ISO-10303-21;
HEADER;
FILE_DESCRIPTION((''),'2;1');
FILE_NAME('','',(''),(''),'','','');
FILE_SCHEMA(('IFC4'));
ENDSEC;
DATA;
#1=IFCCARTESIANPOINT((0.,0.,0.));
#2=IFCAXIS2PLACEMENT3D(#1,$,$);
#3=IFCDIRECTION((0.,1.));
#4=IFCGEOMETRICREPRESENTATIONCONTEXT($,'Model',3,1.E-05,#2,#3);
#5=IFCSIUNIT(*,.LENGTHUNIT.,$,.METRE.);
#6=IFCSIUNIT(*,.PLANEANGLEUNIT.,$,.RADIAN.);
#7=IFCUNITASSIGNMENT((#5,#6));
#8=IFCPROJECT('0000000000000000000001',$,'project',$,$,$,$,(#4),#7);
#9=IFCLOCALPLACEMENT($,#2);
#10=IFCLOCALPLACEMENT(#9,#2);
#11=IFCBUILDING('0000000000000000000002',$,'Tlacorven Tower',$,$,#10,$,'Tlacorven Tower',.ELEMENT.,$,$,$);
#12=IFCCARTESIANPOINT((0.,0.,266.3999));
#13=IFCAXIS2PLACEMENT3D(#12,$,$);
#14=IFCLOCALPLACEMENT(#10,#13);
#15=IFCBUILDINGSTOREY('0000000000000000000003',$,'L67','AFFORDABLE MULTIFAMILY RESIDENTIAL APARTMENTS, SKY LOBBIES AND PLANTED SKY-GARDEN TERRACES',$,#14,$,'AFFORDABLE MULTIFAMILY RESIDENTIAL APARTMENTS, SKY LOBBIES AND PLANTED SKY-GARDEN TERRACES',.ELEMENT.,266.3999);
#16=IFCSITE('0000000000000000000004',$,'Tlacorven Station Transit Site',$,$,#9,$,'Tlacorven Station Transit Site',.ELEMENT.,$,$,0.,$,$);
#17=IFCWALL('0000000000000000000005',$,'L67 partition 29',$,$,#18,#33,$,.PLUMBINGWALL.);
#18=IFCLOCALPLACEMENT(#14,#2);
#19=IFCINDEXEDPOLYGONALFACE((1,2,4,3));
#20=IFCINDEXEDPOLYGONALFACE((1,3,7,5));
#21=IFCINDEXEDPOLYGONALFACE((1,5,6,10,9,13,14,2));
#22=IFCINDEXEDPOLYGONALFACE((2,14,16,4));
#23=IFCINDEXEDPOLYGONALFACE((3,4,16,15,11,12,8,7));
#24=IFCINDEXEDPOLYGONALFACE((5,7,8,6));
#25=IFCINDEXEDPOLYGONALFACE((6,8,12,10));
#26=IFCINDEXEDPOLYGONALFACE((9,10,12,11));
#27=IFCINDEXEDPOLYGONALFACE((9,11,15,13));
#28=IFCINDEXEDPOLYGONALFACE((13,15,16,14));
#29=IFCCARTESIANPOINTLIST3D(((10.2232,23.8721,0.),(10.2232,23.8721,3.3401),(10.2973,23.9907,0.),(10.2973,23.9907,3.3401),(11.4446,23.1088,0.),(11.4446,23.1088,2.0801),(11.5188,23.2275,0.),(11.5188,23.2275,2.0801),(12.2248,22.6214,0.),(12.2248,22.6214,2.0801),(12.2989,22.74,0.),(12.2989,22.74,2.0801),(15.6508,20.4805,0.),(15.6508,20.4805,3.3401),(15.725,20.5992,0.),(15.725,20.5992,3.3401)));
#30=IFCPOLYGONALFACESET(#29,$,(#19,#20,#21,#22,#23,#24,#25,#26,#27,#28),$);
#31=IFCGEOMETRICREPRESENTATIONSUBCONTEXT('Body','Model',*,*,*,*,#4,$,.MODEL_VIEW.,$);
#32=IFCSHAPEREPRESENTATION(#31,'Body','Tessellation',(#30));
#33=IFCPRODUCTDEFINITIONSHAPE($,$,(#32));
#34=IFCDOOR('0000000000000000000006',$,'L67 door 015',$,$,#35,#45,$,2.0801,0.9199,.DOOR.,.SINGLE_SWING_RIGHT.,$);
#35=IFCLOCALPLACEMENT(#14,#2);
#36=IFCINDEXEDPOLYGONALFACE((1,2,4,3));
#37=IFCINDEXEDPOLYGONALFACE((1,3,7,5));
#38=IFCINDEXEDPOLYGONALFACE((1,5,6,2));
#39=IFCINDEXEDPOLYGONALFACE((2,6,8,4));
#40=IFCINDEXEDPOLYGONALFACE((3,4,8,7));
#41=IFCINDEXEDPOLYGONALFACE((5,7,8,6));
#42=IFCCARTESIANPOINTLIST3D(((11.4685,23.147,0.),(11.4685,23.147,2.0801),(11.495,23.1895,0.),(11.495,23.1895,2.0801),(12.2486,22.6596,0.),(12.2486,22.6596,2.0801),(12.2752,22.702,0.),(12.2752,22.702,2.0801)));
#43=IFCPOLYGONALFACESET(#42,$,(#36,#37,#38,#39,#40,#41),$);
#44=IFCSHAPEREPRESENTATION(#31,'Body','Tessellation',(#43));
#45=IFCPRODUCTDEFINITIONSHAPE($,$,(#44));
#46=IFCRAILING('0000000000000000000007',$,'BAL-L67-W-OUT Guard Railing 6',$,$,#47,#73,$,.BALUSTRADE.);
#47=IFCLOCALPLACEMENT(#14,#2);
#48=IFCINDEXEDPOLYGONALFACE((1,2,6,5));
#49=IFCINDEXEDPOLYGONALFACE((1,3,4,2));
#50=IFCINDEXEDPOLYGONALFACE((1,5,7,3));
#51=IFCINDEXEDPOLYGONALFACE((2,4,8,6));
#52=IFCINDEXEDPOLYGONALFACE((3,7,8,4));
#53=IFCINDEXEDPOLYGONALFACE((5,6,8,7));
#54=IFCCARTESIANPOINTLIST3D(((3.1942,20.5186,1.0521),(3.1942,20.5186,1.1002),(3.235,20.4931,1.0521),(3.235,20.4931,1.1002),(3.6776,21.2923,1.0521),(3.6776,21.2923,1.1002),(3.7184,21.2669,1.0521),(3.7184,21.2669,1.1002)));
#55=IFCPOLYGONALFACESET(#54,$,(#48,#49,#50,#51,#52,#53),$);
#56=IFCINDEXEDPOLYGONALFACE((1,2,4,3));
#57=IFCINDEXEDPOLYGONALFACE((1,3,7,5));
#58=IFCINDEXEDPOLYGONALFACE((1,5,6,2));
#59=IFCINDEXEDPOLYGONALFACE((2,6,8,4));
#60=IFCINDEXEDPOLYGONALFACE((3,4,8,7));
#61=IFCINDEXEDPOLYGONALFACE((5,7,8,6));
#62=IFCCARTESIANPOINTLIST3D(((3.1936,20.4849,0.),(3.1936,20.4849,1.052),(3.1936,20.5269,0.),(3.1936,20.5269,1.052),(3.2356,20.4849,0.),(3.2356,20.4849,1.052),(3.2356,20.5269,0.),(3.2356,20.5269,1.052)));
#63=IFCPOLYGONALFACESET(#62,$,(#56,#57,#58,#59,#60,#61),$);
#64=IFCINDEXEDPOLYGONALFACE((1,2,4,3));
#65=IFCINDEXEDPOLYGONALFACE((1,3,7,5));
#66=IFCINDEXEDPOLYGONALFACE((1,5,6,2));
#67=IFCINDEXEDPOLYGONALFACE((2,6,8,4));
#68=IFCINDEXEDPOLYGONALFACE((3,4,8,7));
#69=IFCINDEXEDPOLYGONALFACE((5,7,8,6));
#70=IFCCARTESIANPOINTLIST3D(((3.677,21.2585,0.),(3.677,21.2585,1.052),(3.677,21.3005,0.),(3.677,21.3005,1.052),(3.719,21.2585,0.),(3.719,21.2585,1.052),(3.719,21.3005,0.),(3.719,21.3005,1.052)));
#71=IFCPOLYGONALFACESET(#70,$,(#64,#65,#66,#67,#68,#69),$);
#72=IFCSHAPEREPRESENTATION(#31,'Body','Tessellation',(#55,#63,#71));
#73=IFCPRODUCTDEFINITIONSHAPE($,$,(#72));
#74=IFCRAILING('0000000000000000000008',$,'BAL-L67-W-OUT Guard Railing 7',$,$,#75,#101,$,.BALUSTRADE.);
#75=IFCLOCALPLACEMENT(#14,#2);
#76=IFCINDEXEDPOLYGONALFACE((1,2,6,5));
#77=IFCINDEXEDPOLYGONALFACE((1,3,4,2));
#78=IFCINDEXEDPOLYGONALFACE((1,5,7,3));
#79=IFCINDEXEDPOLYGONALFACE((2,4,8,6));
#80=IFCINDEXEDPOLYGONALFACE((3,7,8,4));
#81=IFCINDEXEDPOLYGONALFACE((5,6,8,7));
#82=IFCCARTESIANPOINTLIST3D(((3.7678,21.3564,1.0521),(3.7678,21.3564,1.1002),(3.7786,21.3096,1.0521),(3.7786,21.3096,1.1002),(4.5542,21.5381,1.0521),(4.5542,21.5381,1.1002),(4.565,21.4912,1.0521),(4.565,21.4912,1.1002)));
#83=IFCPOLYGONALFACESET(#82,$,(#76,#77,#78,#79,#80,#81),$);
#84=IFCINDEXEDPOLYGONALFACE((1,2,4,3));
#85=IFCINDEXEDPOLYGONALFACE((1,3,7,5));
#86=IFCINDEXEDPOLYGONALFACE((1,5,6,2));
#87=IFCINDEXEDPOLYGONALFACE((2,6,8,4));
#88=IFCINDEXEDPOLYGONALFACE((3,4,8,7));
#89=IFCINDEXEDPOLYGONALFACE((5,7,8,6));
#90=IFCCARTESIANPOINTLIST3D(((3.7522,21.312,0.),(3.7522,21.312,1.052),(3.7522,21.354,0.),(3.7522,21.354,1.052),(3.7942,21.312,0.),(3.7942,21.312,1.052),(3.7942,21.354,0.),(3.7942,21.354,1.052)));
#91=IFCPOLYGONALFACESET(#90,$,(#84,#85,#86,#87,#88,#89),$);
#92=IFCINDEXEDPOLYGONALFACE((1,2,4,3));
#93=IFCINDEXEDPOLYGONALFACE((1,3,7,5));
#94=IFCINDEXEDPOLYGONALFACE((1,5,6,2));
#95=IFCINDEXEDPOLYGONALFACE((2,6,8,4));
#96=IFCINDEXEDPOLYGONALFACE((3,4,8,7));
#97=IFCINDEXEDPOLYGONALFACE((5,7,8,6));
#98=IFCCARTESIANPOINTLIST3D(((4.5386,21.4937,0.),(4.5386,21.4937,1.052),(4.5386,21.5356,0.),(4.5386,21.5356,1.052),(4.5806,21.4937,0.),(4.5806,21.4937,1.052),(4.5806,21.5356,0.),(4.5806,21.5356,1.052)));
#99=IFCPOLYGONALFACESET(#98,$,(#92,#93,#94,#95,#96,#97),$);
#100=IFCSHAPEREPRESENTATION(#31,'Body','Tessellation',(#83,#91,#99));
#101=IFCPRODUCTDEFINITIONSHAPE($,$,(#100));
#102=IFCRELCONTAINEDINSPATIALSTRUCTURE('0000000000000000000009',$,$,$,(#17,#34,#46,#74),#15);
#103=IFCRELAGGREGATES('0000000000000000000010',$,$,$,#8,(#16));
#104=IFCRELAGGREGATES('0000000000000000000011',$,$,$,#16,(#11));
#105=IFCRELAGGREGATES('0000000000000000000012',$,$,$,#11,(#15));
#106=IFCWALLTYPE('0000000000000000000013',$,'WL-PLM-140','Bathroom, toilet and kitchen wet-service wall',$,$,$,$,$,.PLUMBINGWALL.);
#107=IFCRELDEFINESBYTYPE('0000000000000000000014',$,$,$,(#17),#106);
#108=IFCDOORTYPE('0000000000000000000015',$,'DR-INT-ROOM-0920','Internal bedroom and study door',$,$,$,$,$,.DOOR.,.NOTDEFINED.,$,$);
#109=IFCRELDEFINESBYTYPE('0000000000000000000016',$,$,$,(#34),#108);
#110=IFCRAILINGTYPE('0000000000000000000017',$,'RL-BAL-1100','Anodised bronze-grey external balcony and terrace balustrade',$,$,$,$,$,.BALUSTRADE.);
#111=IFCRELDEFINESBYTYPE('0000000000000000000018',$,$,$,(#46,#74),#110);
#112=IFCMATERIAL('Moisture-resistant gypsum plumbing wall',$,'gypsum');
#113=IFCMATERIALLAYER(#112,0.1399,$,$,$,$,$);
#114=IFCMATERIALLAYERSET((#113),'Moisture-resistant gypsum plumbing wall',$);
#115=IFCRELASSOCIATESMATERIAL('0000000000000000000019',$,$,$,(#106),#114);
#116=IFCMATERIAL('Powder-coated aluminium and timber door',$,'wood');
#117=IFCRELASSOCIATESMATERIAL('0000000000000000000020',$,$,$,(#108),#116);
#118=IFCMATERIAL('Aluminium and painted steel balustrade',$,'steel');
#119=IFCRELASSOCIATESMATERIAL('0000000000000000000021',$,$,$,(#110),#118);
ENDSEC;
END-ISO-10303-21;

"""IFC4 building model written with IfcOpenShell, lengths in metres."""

from ifc_helpers import new_model, si_unit, direction, frame, frame_2d, origin, origin_2d, place, context, subcontext, project, spatial, rectangle, extrude, source, transform, mapped, material, layer, layer_set, type_object, element, fill, save


model = new_model("IFC4")

# Units and contexts
model_context = context("Model", 3, precision=1e-05, world=origin(), true_north=direction((0.0, 1.0)))
body_context = subcontext(model_context, "Body", "Model", "MODEL_VIEW")
ifc_project = project(units=[si_unit("LENGTHUNIT", "METRE"), si_unit("PLANEANGLEUNIT", "RADIAN")], contexts=[model_context])

# Site, building, storey
site_placement = place(None, origin())
site = spatial("IfcSite", under=ifc_project, at=site_placement, Name="Tlacorven Station Transit Site", LongName="Tlacorven Station Transit Site", CompositionType="ELEMENT", RefElevation=0.0)
building_placement = place(site_placement, origin())
building = spatial("IfcBuilding", under=site, at=building_placement, Name="Tlacorven Tower", LongName="Tlacorven Tower", CompositionType="ELEMENT")
storey_placement = place(building_placement, frame((0.0, 0.0, 266.3999)))
storey = spatial("IfcBuildingStorey", under=building, at=storey_placement, Name="L67", Description="AFFORDABLE MULTIFAMILY RESIDENTIAL APARTMENTS, SKY LOBBIES AND PLANTED SKY-GARDEN TERRACES", LongName="AFFORDABLE MULTIFAMILY RESIDENTIAL APARTMENTS, SKY LOBBIES AND PLANTED SKY-GARDEN TERRACES", CompositionType="ELEMENT", Elevation=266.3999)

# Wall, opening, door
ifc_material_1 = material(Name="Moisture-resistant gypsum plumbing wall", Category="gypsum")
ifc_layer_1 = layer(ifc_material_1, 0.1399)
ifc_layer_set_1 = layer_set([ifc_layer_1], Name="Moisture-resistant gypsum plumbing wall")
wall_type_1 = type_object("IfcWallType", Name="WL-PLM-140", Description="Bathroom, toilet and kitchen wet-service wall", PredefinedType="PLUMBINGWALL", material=ifc_layer_set_1)
wall_1_placement = place(storey_placement, frame((15.688, 20.5398, 0.0), z_axis=(0.0, 0.0, 1.0), x_axis=(-0.84805, 0.529917, 0.0)))
wall_1 = element("IfcWall", 1, at=wall_1_placement, inside=storey, type_object=wall_type_1, Name="L67 partition 29", PredefinedType="PLUMBINGWALL", context=body_context, shape_type="SweptSolid", body=[
    extrude(rectangle(XDim=6.4001, YDim=0.1399, at=frame_2d((3.2002, 0.0))), origin(), (0.0, 0.0, 1.0), 3.3401),
])
opening_1_placement = place(wall_1_placement, frame((4.04, 0.0, 0.0)))
opening_1 = element("IfcOpeningElement", 2, at=opening_1_placement, cuts=wall_1, PredefinedType="OPENING", context=body_context, shape_type="SweptSolid", body=[
    extrude(rectangle(XDim=0.9199, YDim=2.0801, at=frame_2d((0.46, 1.04))), frame((0.0, 0.0801, 0.0), z_axis=(0.0, -1.0, 0.0), x_axis=(1.0, 0.0, 0.0)), (0.0, 0.0, 1.0), 0.1599),
])
ifc_material_2 = material(Name="Powder-coated aluminium and timber door", Category="wood")
door_type = type_object("IfcDoorType", Name="DR-INT-ROOM-0920", Description="Internal bedroom and study door", OperationType="NOTDEFINED", PredefinedType="DOOR", material=ifc_material_2)
shared_shape_1 = source(origin(), body_context, "Body", "SweptSolid", [
    extrude(rectangle(XDim=0.9199, YDim=2.0801, at=frame_2d((0.46, 1.04))), frame((0.0, 0.0249, 0.0), z_axis=(0.0, -1.0, 0.0), x_axis=(1.0, 0.0, 0.0)), (0.0, 0.0, 1.0), 0.05),
])
door_placement = place(opening_1_placement, origin())
door = element("IfcDoor", 3, at=door_placement, inside=storey, type_object=door_type, Name="L67 door 015", OperationType="SINGLE_SWING_RIGHT", OverallHeight=2.0801, OverallWidth=0.9199, PredefinedType="DOOR", context=body_context, shape_type="MappedRepresentation", body=[
    mapped(shared_shape_1, transform((0.0, 0.0, 0.0), scale=1.0)),
])
fill(opening_1, door)

# Railings
ifc_material_3 = material(Name="Aluminium and painted steel balustrade", Category="steel")
railing_type = type_object("IfcRailingType", Name="RL-BAL-1100", Description="Anodised bronze-grey external balcony and terrace balustrade", PredefinedType="BALUSTRADE", material=ifc_material_3)
shared_shape_2 = source(origin(), body_context, "Body", "SweptSolid", [
    extrude(rectangle(XDim=0.0481, YDim=0.0481, at=origin_2d()), frame((0.0, 0.0, 1.0762), z_axis=(0.529879, 0.848073, 0.0), x_axis=(-0.848073, 0.529879, 0.0)), (0.0, 0.0, 1.0), 0.9124),
    extrude(rectangle(XDim=0.042, YDim=0.042, at=origin_2d()), origin(), (0.0, 0.0, 1.0), 1.052),
    extrude(rectangle(XDim=0.042, YDim=0.042, at=origin_2d()), frame((0.4834, 0.7737, 0.0)), (0.0, 0.0, 1.0), 1.052),
])
railing_1_placement = place(storey_placement, frame((3.2146, 20.5059, 0.0)))
element("IfcRailing", 4, at=railing_1_placement, inside=storey, type_object=railing_type, Name="BAL-L67-W-OUT Guard Railing 6", PredefinedType="BALUSTRADE", context=body_context, shape_type="MappedRepresentation", body=[
    mapped(shared_shape_2, transform((0.0, 0.0, 0.0), scale=1.0)),
])
shared_shape_3 = source(origin(), body_context, "Body", "SweptSolid", [
    extrude(rectangle(XDim=0.0481, YDim=0.0481, at=origin_2d()), frame((0.0, 0.0, 1.0762), z_axis=(0.974345, 0.225058, 0.0), x_axis=(-0.225058, 0.974345, 0.0)), (0.0, 0.0, 1.0), 0.8071),
    extrude(rectangle(XDim=0.042, YDim=0.042, at=origin_2d()), origin(), (0.0, 0.0, 1.0), 1.052),
    extrude(rectangle(XDim=0.042, YDim=0.042, at=origin_2d()), frame((0.7864, 0.1816, 0.0)), (0.0, 0.0, 1.0), 1.052),
])
railing_2_placement = place(storey_placement, frame((3.7732, 21.333, 0.0)))
element("IfcRailing", 5, at=railing_2_placement, inside=storey, type_object=railing_type, Name="BAL-L67-W-OUT Guard Railing 7", PredefinedType="BALUSTRADE", context=body_context, shape_type="MappedRepresentation", body=[
    mapped(shared_shape_3, transform((0.0, 0.0, 0.0), scale=1.0)),
])

save(model, "model.ifc")
